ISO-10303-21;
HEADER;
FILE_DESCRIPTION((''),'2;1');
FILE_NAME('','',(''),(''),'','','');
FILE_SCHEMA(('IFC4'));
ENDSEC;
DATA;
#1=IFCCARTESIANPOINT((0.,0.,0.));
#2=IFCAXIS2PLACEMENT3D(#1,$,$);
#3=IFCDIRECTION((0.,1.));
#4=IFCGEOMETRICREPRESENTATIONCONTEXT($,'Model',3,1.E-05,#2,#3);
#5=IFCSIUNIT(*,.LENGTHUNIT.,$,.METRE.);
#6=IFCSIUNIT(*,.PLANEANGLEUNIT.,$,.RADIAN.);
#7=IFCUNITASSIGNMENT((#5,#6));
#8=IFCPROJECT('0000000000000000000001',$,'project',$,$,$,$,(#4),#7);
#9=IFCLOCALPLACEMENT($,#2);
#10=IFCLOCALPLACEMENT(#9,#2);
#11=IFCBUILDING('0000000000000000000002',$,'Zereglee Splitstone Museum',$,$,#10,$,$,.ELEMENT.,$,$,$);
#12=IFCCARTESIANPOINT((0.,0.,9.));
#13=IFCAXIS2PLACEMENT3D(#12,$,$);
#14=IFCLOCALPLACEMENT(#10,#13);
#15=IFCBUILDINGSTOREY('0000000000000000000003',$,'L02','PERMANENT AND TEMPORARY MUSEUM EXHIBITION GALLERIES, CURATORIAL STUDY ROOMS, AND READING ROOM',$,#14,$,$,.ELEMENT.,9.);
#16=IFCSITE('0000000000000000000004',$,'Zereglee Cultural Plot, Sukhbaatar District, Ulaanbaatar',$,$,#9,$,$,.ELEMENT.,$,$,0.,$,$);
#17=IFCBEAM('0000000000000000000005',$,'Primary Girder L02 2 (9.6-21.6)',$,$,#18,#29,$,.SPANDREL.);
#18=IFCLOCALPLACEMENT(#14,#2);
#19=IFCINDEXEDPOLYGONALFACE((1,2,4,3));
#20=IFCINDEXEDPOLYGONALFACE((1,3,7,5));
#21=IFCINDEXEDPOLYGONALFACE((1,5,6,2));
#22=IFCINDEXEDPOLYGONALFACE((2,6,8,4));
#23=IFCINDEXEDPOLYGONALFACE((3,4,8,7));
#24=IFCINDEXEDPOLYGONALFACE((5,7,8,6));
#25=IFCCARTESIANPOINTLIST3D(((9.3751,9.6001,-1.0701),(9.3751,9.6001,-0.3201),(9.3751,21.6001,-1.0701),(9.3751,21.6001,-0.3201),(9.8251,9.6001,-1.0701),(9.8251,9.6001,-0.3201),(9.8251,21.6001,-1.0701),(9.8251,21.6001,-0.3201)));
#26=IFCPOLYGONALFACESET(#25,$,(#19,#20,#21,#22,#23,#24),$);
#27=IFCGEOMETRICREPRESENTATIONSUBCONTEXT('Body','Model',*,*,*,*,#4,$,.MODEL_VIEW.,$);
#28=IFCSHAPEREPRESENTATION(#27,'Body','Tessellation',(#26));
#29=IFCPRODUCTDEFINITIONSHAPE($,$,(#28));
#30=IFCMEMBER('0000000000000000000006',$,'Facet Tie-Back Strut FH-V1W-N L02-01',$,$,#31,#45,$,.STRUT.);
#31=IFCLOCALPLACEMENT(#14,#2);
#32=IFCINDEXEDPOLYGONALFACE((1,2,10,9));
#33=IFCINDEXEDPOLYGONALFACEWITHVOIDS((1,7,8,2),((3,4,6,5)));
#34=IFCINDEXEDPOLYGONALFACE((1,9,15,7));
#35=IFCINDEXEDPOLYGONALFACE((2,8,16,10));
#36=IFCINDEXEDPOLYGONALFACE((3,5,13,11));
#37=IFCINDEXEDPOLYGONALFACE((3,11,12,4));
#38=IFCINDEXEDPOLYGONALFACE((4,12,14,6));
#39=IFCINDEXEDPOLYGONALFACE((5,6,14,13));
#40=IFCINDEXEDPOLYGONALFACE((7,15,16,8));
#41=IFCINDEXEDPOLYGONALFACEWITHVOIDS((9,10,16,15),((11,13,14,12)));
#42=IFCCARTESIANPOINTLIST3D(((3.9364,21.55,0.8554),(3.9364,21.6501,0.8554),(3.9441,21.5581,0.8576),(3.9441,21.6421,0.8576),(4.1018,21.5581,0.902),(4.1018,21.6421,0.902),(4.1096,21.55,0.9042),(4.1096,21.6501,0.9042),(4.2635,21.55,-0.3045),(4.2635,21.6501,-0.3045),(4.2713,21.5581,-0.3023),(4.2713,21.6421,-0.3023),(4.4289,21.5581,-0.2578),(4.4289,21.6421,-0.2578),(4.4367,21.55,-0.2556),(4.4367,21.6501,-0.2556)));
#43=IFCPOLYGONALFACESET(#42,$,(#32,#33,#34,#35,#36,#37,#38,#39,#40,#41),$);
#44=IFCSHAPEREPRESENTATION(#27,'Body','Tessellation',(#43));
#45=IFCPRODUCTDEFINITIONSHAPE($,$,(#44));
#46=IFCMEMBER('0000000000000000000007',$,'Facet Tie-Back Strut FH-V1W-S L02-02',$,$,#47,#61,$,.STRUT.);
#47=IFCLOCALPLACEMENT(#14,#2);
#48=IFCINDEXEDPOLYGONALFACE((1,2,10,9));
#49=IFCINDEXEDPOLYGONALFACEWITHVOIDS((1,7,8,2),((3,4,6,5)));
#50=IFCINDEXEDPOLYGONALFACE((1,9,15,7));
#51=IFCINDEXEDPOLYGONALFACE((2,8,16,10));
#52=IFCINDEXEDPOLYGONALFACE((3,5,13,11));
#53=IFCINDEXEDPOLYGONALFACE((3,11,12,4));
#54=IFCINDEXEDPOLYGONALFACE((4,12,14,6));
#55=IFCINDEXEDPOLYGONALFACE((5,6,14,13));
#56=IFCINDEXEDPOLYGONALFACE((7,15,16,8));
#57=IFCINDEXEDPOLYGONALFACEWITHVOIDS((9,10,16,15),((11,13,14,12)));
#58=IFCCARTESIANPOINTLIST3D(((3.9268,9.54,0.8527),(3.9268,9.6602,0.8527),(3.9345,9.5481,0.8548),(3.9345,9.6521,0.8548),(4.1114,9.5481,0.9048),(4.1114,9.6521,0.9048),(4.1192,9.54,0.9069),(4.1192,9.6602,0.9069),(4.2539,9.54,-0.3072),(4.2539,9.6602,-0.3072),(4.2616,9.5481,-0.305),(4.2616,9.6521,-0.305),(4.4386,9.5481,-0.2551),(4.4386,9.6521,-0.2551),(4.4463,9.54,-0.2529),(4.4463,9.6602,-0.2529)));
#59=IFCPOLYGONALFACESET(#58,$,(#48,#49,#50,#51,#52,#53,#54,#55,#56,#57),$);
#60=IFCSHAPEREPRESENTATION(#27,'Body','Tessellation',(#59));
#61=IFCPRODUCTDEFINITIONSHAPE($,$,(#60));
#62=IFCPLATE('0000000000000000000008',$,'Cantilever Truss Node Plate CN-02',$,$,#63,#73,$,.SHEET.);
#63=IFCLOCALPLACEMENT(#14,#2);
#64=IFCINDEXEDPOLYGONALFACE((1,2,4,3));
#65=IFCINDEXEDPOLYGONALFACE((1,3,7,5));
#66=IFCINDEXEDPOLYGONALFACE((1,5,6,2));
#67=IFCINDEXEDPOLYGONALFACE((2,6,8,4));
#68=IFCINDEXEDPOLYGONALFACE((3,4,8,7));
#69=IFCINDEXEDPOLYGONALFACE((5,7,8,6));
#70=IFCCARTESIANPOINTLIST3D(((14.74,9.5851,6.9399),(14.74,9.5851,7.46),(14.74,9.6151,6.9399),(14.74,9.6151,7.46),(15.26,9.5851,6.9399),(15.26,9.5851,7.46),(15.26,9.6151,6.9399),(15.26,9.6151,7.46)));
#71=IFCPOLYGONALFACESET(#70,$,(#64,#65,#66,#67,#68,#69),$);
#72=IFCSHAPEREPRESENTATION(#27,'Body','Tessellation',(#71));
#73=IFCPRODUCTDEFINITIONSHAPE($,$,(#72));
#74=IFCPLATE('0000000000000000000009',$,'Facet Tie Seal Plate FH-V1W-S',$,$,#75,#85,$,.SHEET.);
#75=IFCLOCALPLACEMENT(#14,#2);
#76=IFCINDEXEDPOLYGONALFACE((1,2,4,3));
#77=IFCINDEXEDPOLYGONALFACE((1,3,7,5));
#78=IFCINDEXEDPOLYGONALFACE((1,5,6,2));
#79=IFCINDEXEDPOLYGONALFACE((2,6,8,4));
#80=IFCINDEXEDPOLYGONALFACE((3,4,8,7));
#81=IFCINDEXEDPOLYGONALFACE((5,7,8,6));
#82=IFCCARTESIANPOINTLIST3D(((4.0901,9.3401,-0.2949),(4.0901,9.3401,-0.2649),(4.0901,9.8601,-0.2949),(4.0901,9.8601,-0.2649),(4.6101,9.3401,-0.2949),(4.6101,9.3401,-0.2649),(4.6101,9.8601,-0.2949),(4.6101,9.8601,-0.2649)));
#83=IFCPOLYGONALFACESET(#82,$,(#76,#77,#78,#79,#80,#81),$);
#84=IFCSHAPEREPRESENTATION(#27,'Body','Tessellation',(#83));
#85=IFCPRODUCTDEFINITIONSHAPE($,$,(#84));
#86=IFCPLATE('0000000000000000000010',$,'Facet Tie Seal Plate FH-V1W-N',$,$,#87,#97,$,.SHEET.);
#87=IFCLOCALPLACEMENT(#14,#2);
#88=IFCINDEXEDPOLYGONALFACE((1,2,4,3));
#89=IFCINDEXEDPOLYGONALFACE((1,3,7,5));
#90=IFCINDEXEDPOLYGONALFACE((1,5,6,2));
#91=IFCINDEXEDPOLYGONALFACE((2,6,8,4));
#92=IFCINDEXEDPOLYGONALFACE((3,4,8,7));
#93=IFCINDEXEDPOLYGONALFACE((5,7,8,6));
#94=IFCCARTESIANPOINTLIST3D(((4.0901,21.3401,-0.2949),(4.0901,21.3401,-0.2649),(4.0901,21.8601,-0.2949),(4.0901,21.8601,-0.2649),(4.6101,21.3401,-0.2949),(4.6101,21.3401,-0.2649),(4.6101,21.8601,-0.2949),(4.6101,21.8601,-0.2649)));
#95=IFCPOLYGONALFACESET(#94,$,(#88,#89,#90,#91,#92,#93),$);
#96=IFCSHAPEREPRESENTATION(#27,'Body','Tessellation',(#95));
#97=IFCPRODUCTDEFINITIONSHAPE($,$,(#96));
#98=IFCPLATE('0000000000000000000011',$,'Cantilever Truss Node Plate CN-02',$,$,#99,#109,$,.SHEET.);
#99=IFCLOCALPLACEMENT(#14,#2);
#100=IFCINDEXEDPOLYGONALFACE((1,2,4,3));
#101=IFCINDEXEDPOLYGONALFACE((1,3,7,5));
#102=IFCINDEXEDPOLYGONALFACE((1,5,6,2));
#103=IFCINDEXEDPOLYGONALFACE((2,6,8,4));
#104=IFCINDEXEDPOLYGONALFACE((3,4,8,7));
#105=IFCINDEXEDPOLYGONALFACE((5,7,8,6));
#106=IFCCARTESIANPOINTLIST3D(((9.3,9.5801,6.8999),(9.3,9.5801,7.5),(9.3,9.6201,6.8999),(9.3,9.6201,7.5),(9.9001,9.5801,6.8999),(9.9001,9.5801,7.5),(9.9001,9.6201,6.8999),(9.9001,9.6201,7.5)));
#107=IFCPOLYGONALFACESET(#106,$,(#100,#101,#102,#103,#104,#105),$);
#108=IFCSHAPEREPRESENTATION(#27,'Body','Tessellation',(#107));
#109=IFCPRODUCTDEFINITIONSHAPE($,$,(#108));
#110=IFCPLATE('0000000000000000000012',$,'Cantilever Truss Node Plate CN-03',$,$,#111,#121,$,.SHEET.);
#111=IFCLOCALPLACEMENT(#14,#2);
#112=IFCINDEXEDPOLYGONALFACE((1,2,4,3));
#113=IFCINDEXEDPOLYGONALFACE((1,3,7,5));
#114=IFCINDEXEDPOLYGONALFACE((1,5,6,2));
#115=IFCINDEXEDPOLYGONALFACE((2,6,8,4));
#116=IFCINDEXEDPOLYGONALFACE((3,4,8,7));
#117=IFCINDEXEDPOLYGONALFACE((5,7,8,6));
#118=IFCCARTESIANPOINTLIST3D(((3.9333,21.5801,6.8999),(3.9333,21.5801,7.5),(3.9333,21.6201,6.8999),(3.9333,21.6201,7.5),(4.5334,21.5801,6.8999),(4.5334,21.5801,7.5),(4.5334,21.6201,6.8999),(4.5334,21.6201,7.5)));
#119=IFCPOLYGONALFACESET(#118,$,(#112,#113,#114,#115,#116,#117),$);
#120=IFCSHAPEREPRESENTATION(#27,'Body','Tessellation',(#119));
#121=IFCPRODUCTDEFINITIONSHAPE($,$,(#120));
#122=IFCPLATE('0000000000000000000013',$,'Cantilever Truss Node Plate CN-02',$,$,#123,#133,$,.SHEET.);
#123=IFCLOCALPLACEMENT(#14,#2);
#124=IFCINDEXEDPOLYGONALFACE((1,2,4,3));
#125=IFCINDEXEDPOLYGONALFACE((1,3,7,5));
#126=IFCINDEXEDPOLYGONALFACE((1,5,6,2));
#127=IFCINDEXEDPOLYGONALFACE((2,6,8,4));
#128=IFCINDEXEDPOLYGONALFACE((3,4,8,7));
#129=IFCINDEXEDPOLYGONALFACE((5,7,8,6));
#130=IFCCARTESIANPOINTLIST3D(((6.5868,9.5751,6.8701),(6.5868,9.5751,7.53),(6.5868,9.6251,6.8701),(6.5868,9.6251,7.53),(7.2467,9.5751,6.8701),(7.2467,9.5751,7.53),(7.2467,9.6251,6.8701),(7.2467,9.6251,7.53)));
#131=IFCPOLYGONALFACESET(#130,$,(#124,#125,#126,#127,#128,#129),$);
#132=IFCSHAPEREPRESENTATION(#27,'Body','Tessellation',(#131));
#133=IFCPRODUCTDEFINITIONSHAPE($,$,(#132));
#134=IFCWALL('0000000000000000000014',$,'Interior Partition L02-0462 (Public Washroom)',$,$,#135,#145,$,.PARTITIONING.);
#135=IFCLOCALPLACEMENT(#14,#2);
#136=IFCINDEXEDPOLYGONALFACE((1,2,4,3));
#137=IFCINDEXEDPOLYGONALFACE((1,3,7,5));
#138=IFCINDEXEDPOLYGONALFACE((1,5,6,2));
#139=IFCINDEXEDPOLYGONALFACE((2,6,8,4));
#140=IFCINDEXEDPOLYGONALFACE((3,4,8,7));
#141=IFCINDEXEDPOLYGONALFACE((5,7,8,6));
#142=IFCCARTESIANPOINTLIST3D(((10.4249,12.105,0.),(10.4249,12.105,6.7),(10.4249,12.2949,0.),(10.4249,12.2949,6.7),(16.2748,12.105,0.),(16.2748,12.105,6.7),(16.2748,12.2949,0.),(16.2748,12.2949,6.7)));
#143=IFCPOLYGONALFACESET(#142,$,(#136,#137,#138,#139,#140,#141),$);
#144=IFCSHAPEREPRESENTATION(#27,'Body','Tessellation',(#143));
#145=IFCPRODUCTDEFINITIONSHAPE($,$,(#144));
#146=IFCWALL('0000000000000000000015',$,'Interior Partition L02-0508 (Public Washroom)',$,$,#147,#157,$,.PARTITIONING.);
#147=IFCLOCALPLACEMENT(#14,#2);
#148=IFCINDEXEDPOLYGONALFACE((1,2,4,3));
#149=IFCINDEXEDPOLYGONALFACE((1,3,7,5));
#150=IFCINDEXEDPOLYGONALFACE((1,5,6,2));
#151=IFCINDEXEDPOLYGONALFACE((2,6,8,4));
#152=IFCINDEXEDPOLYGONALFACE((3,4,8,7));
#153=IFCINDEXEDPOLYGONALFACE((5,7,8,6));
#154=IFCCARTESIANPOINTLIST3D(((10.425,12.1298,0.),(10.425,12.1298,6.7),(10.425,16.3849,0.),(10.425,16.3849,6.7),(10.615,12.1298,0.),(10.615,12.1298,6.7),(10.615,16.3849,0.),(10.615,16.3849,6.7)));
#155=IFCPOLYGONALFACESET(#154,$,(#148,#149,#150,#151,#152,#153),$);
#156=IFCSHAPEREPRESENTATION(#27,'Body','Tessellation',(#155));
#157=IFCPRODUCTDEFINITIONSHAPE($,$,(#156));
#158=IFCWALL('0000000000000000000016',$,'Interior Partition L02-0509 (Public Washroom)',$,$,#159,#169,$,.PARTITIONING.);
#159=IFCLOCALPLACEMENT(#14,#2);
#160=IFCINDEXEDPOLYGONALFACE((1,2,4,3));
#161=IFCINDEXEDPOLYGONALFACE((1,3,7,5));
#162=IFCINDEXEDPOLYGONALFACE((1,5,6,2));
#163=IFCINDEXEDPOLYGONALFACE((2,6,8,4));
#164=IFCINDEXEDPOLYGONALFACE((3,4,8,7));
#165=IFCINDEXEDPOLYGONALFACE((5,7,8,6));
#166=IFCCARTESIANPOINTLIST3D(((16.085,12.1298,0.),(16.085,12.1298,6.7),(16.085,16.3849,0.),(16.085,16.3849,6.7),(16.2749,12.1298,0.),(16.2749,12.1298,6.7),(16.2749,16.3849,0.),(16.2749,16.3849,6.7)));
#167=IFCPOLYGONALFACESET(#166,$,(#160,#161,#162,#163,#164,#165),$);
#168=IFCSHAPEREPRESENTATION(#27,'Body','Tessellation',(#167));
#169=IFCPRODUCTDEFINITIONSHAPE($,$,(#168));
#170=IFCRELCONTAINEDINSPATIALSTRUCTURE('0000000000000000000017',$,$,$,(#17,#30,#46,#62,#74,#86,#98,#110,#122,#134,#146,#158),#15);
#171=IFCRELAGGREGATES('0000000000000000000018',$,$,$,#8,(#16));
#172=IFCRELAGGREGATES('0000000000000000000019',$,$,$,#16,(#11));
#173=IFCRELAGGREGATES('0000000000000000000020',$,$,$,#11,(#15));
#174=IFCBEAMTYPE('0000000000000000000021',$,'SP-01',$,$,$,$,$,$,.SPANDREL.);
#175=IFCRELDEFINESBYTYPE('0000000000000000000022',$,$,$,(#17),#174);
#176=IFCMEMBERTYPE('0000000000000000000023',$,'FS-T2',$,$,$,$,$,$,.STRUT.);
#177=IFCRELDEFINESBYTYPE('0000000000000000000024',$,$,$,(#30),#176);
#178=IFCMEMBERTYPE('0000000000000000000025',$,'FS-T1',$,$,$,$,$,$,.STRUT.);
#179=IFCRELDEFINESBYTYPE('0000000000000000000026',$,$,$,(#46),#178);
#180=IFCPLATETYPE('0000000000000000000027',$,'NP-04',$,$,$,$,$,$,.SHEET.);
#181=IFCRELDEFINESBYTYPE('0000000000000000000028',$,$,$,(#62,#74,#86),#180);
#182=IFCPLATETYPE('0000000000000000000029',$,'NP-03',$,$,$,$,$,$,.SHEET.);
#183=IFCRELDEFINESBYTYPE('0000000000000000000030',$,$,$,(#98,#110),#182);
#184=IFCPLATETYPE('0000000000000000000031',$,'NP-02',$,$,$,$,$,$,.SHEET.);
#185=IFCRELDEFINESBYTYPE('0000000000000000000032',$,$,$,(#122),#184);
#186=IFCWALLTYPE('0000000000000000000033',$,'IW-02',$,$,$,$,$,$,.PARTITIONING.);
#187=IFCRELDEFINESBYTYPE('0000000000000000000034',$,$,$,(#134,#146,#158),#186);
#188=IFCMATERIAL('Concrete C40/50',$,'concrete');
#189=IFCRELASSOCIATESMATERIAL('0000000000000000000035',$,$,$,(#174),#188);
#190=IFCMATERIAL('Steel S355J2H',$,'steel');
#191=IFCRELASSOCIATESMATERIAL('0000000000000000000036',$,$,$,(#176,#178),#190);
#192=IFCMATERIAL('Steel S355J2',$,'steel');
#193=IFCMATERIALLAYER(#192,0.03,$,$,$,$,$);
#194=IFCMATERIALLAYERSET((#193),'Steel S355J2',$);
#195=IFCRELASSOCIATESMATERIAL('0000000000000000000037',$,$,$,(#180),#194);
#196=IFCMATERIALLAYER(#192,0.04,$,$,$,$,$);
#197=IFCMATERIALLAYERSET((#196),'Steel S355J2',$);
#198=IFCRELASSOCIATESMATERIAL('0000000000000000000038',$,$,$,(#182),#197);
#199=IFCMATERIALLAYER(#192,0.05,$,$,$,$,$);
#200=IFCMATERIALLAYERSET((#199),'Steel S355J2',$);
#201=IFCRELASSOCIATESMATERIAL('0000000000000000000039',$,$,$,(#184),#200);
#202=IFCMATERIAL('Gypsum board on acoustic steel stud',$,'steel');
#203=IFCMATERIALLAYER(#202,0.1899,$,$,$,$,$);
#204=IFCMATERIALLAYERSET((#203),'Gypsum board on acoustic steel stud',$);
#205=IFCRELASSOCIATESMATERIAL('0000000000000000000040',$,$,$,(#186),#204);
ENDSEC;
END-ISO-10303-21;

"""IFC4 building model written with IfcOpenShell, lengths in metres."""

from ifc_helpers import new_model, si_unit, direction, frame, frame_2d, origin, origin_2d, place, context, subcontext, project, spatial, rectangle, hollow_rectangle, extrude, material, layer, layer_set, material_profile, profile_set, type_object, element, save


model = new_model("IFC4")

# Units and contexts
model_context = context("Model", 3, precision=1e-05, world=origin(), true_north=direction((0.0, 1.0)))
body_context = subcontext(model_context, "Body", "Model", "MODEL_VIEW")
ifc_project = project(units=[si_unit("LENGTHUNIT", "METRE"), si_unit("PLANEANGLEUNIT", "RADIAN")], contexts=[model_context])

# Site, building, storey
site_placement = place(None, origin())
site = spatial("IfcSite", under=ifc_project, at=site_placement, Name="Zereglee Cultural Plot, Sukhbaatar District, Ulaanbaatar", CompositionType="ELEMENT", RefElevation=0.0)
building_placement = place(site_placement, origin())
building = spatial("IfcBuilding", under=site, at=building_placement, Name="Zereglee Splitstone Museum", CompositionType="ELEMENT")
storey_placement = place(building_placement, frame((0.0, 0.0, 9.0)))
storey = spatial("IfcBuildingStorey", under=building, at=storey_placement, Name="L02", Description="PERMANENT AND TEMPORARY MUSEUM EXHIBITION GALLERIES, CURATORIAL STUDY ROOMS, AND READING ROOM", CompositionType="ELEMENT", Elevation=9.0)

# Shared definitions
ifc_material_1 = material(Name="Steel S355J2H", Category="steel")

# Shared definitions
ifc_material_2 = material(Name="Steel S355J2", Category="steel")

# Beam
ifc_material_3 = material(Name="Concrete C40/50", Category="concrete")
ifc_material_profile_1 = material_profile(ifc_material_3, rectangle(XDim=0.45, YDim=0.75, at=origin_2d()), Name="RC 450x750")
ifc_profile_set_1 = profile_set([ifc_material_profile_1], Name="Concrete C40/50")
beam_type_1 = type_object("IfcBeamType", Name="SP-01", PredefinedType="SPANDREL", material=ifc_profile_set_1)
beam_1_placement = place(storey_placement, frame((9.6001, 9.6001, -0.6951), z_axis=(0.0, 1.0, 0.0), x_axis=(-1.0, 0.0, 0.0)))
element("IfcBeam", 1, at=beam_1_placement, inside=storey, type_object=beam_type_1, Name="Primary Girder L02 2 (9.6-21.6)", PredefinedType="SPANDREL", context=body_context, shape_type="SweptSolid", body=[
    extrude(rectangle(XDim=0.45, YDim=0.75, at=origin_2d()), origin(), (0.0, 0.0, 1.0), 12.0),
])

# Members
ifc_material_profile_2 = material_profile(ifc_material_1, hollow_rectangle(XDim=0.1001, YDim=0.1799, WallThickness=0.0081, at=origin_2d()), Name="RHS 180x100x8")
ifc_profile_set_2 = profile_set([ifc_material_profile_2], Name="Steel S355J2H")
member_type_1 = type_object("IfcMemberType", Name="FS-T2", PredefinedType="STRUT", material=ifc_profile_set_2)
member_1_placement = place(storey_placement, frame((4.3501, 21.6001, -0.28), z_axis=(-0.271455, 0.0, 0.962451), x_axis=(0.0, -1.0, 0.0)))
element("IfcMember", 2, at=member_1_placement, inside=storey, type_object=member_type_1, Name="Facet Tie-Back Strut FH-V1W-N L02-01", PredefinedType="STRUT", context=body_context, shape_type="SweptSolid", body=[
    extrude(hollow_rectangle(XDim=0.1001, YDim=0.1799, WallThickness=0.0081, at=origin_2d()), origin(), (0.0, 0.0, 1.0), 1.2051),
])
ifc_material_profile_3 = material_profile(ifc_material_1, hollow_rectangle(XDim=0.1201, YDim=0.2, WallThickness=0.0081, at=origin_2d()), Name="RHS 200x120x8")
ifc_profile_set_3 = profile_set([ifc_material_profile_3], Name="Steel S355J2H")
member_type_2 = type_object("IfcMemberType", Name="FS-T1", PredefinedType="STRUT", material=ifc_profile_set_3)
member_2_placement = place(storey_placement, frame((4.3501, 9.6001, -0.28), z_axis=(-0.271455, 0.0, 0.962451), x_axis=(0.0, -1.0, 0.0)))
element("IfcMember", 3, at=member_2_placement, inside=storey, type_object=member_type_2, Name="Facet Tie-Back Strut FH-V1W-S L02-02", PredefinedType="STRUT", context=body_context, shape_type="SweptSolid", body=[
    extrude(hollow_rectangle(XDim=0.1201, YDim=0.2, WallThickness=0.0081, at=origin_2d()), origin(), (0.0, 0.0, 1.0), 1.2051),
])

# Plates
ifc_layer_1 = layer(ifc_material_2, 0.03)
ifc_layer_set_1 = layer_set([ifc_layer_1], Name="Steel S355J2")
plate_type_1 = type_object("IfcPlateType", Name="NP-04", PredefinedType="SHEET", material=ifc_layer_set_1)
plate_1_placement = place(storey_placement, frame((15.0, 9.6001, 6.9399), z_axis=(0.0, 0.0, 1.0), x_axis=(1.0, 0.0, 0.0)))
element("IfcPlate", 4, at=plate_1_placement, inside=storey, type_object=plate_type_1, Name="Cantilever Truss Node Plate CN-02", PredefinedType="SHEET", context=body_context, shape_type="SweptSolid", body=[
    extrude(rectangle(XDim=0.52, YDim=0.03, at=origin_2d()), origin(), (0.0, 0.0, 1.0), 0.52),
])
for number, where, z_axis, x_axis, name in (
    (5, (4.3501, 9.6001, -0.2949), (0.0, 0.0, 1.0), (1.0, 0.0, 0.0), "Facet Tie Seal Plate FH-V1W-S"),
    (6, (4.3501, 21.6001, -0.2949), (0.0, 0.0, 1.0), (1.0, 0.0, 0.0), "Facet Tie Seal Plate FH-V1W-N"),
):
    element("IfcPlate", number, at=place(storey_placement, frame(where, z_axis=z_axis, x_axis=x_axis)), inside=storey, type_object=plate_type_1, Name=name, PredefinedType="SHEET", context=body_context, shape_type="SweptSolid", body=[
        extrude(rectangle(XDim=0.52, YDim=0.52, at=origin_2d()), origin(), (0.0, 0.0, 1.0), 0.03),
    ])
ifc_layer_2 = layer(ifc_material_2, 0.04)
ifc_layer_set_2 = layer_set([ifc_layer_2], Name="Steel S355J2")
plate_type_2 = type_object("IfcPlateType", Name="NP-03", PredefinedType="SHEET", material=ifc_layer_set_2)
for number, where, z_axis, x_axis, name in (
    (7, (9.6001, 9.6001, 6.8999), (0.0, 0.0, 1.0), (1.0, 0.0, 0.0), "Cantilever Truss Node Plate CN-02"),
    (8, (4.2334, 21.6001, 6.8999), (0.0, 0.0, 1.0), (1.0, 0.0, 0.0), "Cantilever Truss Node Plate CN-03"),
):
    element("IfcPlate", number, at=place(storey_placement, frame(where, z_axis=z_axis, x_axis=x_axis)), inside=storey, type_object=plate_type_2, Name=name, PredefinedType="SHEET", context=body_context, shape_type="SweptSolid", body=[
        extrude(rectangle(XDim=0.6001, YDim=0.04, at=origin_2d()), origin(), (0.0, 0.0, 1.0), 0.6001),
    ])
ifc_layer_3 = layer(ifc_material_2, 0.05)
ifc_layer_set_3 = layer_set([ifc_layer_3], Name="Steel S355J2")
plate_type_3 = type_object("IfcPlateType", Name="NP-02", PredefinedType="SHEET", material=ifc_layer_set_3)
plate_2_placement = place(storey_placement, frame((6.9167, 9.6001, 6.8701), z_axis=(0.0, 0.0, 1.0), x_axis=(1.0, 0.0, 0.0)))
element("IfcPlate", 9, at=plate_2_placement, inside=storey, type_object=plate_type_3, Name="Cantilever Truss Node Plate CN-02", PredefinedType="SHEET", context=body_context, shape_type="SweptSolid", body=[
    extrude(rectangle(XDim=0.6599, YDim=0.05, at=origin_2d()), origin(), (0.0, 0.0, 1.0), 0.6599),
])

# Walls
ifc_material_4 = material(Name="Gypsum board on acoustic steel stud", Category="steel")
ifc_layer_4 = layer(ifc_material_4, 0.1899)
ifc_layer_set_4 = layer_set([ifc_layer_4], Name="Gypsum board on acoustic steel stud")
wall_type = type_object("IfcWallType", Name="IW-02", PredefinedType="PARTITIONING", material=ifc_layer_set_4)
wall_placement = place(storey_placement, frame((10.425, 12.2, 0.0), z_axis=(0.0, 0.0, 1.0), x_axis=(1.0, 0.0, 0.0)))
element("IfcWall", 10, at=wall_placement, inside=storey, type_object=wall_type, Name="Interior Partition L02-0462 (Public Washroom)", PredefinedType="PARTITIONING", context=body_context, shape_type="SweptSolid", body=[
    extrude(rectangle(XDim=5.8499, YDim=0.1899, at=frame_2d((2.9248, 0.0))), origin(), (0.0, 0.0, 1.0), 6.7),
])
for number, where, z_axis, x_axis, name in (
    (11, (10.52, 12.1299, 0.0), (0.0, 0.0, 1.0), (0.0, 1.0, 0.0), "Interior Partition L02-0508 (Public Washroom)"),
    (12, (16.1799, 12.1299, 0.0), (0.0, 0.0, 1.0), (0.0, 1.0, 0.0), "Interior Partition L02-0509 (Public Washroom)"),
):
    element("IfcWall", number, at=place(storey_placement, frame(where, z_axis=z_axis, x_axis=x_axis)), inside=storey, type_object=wall_type, Name=name, PredefinedType="PARTITIONING", context=body_context, shape_type="SweptSolid", body=[
        extrude(rectangle(XDim=4.2551, YDim=0.1899, at=frame_2d((2.1274, 0.0))), origin(), (0.0, 0.0, 1.0), 6.7),
    ])

save(model, "model.ifc")
